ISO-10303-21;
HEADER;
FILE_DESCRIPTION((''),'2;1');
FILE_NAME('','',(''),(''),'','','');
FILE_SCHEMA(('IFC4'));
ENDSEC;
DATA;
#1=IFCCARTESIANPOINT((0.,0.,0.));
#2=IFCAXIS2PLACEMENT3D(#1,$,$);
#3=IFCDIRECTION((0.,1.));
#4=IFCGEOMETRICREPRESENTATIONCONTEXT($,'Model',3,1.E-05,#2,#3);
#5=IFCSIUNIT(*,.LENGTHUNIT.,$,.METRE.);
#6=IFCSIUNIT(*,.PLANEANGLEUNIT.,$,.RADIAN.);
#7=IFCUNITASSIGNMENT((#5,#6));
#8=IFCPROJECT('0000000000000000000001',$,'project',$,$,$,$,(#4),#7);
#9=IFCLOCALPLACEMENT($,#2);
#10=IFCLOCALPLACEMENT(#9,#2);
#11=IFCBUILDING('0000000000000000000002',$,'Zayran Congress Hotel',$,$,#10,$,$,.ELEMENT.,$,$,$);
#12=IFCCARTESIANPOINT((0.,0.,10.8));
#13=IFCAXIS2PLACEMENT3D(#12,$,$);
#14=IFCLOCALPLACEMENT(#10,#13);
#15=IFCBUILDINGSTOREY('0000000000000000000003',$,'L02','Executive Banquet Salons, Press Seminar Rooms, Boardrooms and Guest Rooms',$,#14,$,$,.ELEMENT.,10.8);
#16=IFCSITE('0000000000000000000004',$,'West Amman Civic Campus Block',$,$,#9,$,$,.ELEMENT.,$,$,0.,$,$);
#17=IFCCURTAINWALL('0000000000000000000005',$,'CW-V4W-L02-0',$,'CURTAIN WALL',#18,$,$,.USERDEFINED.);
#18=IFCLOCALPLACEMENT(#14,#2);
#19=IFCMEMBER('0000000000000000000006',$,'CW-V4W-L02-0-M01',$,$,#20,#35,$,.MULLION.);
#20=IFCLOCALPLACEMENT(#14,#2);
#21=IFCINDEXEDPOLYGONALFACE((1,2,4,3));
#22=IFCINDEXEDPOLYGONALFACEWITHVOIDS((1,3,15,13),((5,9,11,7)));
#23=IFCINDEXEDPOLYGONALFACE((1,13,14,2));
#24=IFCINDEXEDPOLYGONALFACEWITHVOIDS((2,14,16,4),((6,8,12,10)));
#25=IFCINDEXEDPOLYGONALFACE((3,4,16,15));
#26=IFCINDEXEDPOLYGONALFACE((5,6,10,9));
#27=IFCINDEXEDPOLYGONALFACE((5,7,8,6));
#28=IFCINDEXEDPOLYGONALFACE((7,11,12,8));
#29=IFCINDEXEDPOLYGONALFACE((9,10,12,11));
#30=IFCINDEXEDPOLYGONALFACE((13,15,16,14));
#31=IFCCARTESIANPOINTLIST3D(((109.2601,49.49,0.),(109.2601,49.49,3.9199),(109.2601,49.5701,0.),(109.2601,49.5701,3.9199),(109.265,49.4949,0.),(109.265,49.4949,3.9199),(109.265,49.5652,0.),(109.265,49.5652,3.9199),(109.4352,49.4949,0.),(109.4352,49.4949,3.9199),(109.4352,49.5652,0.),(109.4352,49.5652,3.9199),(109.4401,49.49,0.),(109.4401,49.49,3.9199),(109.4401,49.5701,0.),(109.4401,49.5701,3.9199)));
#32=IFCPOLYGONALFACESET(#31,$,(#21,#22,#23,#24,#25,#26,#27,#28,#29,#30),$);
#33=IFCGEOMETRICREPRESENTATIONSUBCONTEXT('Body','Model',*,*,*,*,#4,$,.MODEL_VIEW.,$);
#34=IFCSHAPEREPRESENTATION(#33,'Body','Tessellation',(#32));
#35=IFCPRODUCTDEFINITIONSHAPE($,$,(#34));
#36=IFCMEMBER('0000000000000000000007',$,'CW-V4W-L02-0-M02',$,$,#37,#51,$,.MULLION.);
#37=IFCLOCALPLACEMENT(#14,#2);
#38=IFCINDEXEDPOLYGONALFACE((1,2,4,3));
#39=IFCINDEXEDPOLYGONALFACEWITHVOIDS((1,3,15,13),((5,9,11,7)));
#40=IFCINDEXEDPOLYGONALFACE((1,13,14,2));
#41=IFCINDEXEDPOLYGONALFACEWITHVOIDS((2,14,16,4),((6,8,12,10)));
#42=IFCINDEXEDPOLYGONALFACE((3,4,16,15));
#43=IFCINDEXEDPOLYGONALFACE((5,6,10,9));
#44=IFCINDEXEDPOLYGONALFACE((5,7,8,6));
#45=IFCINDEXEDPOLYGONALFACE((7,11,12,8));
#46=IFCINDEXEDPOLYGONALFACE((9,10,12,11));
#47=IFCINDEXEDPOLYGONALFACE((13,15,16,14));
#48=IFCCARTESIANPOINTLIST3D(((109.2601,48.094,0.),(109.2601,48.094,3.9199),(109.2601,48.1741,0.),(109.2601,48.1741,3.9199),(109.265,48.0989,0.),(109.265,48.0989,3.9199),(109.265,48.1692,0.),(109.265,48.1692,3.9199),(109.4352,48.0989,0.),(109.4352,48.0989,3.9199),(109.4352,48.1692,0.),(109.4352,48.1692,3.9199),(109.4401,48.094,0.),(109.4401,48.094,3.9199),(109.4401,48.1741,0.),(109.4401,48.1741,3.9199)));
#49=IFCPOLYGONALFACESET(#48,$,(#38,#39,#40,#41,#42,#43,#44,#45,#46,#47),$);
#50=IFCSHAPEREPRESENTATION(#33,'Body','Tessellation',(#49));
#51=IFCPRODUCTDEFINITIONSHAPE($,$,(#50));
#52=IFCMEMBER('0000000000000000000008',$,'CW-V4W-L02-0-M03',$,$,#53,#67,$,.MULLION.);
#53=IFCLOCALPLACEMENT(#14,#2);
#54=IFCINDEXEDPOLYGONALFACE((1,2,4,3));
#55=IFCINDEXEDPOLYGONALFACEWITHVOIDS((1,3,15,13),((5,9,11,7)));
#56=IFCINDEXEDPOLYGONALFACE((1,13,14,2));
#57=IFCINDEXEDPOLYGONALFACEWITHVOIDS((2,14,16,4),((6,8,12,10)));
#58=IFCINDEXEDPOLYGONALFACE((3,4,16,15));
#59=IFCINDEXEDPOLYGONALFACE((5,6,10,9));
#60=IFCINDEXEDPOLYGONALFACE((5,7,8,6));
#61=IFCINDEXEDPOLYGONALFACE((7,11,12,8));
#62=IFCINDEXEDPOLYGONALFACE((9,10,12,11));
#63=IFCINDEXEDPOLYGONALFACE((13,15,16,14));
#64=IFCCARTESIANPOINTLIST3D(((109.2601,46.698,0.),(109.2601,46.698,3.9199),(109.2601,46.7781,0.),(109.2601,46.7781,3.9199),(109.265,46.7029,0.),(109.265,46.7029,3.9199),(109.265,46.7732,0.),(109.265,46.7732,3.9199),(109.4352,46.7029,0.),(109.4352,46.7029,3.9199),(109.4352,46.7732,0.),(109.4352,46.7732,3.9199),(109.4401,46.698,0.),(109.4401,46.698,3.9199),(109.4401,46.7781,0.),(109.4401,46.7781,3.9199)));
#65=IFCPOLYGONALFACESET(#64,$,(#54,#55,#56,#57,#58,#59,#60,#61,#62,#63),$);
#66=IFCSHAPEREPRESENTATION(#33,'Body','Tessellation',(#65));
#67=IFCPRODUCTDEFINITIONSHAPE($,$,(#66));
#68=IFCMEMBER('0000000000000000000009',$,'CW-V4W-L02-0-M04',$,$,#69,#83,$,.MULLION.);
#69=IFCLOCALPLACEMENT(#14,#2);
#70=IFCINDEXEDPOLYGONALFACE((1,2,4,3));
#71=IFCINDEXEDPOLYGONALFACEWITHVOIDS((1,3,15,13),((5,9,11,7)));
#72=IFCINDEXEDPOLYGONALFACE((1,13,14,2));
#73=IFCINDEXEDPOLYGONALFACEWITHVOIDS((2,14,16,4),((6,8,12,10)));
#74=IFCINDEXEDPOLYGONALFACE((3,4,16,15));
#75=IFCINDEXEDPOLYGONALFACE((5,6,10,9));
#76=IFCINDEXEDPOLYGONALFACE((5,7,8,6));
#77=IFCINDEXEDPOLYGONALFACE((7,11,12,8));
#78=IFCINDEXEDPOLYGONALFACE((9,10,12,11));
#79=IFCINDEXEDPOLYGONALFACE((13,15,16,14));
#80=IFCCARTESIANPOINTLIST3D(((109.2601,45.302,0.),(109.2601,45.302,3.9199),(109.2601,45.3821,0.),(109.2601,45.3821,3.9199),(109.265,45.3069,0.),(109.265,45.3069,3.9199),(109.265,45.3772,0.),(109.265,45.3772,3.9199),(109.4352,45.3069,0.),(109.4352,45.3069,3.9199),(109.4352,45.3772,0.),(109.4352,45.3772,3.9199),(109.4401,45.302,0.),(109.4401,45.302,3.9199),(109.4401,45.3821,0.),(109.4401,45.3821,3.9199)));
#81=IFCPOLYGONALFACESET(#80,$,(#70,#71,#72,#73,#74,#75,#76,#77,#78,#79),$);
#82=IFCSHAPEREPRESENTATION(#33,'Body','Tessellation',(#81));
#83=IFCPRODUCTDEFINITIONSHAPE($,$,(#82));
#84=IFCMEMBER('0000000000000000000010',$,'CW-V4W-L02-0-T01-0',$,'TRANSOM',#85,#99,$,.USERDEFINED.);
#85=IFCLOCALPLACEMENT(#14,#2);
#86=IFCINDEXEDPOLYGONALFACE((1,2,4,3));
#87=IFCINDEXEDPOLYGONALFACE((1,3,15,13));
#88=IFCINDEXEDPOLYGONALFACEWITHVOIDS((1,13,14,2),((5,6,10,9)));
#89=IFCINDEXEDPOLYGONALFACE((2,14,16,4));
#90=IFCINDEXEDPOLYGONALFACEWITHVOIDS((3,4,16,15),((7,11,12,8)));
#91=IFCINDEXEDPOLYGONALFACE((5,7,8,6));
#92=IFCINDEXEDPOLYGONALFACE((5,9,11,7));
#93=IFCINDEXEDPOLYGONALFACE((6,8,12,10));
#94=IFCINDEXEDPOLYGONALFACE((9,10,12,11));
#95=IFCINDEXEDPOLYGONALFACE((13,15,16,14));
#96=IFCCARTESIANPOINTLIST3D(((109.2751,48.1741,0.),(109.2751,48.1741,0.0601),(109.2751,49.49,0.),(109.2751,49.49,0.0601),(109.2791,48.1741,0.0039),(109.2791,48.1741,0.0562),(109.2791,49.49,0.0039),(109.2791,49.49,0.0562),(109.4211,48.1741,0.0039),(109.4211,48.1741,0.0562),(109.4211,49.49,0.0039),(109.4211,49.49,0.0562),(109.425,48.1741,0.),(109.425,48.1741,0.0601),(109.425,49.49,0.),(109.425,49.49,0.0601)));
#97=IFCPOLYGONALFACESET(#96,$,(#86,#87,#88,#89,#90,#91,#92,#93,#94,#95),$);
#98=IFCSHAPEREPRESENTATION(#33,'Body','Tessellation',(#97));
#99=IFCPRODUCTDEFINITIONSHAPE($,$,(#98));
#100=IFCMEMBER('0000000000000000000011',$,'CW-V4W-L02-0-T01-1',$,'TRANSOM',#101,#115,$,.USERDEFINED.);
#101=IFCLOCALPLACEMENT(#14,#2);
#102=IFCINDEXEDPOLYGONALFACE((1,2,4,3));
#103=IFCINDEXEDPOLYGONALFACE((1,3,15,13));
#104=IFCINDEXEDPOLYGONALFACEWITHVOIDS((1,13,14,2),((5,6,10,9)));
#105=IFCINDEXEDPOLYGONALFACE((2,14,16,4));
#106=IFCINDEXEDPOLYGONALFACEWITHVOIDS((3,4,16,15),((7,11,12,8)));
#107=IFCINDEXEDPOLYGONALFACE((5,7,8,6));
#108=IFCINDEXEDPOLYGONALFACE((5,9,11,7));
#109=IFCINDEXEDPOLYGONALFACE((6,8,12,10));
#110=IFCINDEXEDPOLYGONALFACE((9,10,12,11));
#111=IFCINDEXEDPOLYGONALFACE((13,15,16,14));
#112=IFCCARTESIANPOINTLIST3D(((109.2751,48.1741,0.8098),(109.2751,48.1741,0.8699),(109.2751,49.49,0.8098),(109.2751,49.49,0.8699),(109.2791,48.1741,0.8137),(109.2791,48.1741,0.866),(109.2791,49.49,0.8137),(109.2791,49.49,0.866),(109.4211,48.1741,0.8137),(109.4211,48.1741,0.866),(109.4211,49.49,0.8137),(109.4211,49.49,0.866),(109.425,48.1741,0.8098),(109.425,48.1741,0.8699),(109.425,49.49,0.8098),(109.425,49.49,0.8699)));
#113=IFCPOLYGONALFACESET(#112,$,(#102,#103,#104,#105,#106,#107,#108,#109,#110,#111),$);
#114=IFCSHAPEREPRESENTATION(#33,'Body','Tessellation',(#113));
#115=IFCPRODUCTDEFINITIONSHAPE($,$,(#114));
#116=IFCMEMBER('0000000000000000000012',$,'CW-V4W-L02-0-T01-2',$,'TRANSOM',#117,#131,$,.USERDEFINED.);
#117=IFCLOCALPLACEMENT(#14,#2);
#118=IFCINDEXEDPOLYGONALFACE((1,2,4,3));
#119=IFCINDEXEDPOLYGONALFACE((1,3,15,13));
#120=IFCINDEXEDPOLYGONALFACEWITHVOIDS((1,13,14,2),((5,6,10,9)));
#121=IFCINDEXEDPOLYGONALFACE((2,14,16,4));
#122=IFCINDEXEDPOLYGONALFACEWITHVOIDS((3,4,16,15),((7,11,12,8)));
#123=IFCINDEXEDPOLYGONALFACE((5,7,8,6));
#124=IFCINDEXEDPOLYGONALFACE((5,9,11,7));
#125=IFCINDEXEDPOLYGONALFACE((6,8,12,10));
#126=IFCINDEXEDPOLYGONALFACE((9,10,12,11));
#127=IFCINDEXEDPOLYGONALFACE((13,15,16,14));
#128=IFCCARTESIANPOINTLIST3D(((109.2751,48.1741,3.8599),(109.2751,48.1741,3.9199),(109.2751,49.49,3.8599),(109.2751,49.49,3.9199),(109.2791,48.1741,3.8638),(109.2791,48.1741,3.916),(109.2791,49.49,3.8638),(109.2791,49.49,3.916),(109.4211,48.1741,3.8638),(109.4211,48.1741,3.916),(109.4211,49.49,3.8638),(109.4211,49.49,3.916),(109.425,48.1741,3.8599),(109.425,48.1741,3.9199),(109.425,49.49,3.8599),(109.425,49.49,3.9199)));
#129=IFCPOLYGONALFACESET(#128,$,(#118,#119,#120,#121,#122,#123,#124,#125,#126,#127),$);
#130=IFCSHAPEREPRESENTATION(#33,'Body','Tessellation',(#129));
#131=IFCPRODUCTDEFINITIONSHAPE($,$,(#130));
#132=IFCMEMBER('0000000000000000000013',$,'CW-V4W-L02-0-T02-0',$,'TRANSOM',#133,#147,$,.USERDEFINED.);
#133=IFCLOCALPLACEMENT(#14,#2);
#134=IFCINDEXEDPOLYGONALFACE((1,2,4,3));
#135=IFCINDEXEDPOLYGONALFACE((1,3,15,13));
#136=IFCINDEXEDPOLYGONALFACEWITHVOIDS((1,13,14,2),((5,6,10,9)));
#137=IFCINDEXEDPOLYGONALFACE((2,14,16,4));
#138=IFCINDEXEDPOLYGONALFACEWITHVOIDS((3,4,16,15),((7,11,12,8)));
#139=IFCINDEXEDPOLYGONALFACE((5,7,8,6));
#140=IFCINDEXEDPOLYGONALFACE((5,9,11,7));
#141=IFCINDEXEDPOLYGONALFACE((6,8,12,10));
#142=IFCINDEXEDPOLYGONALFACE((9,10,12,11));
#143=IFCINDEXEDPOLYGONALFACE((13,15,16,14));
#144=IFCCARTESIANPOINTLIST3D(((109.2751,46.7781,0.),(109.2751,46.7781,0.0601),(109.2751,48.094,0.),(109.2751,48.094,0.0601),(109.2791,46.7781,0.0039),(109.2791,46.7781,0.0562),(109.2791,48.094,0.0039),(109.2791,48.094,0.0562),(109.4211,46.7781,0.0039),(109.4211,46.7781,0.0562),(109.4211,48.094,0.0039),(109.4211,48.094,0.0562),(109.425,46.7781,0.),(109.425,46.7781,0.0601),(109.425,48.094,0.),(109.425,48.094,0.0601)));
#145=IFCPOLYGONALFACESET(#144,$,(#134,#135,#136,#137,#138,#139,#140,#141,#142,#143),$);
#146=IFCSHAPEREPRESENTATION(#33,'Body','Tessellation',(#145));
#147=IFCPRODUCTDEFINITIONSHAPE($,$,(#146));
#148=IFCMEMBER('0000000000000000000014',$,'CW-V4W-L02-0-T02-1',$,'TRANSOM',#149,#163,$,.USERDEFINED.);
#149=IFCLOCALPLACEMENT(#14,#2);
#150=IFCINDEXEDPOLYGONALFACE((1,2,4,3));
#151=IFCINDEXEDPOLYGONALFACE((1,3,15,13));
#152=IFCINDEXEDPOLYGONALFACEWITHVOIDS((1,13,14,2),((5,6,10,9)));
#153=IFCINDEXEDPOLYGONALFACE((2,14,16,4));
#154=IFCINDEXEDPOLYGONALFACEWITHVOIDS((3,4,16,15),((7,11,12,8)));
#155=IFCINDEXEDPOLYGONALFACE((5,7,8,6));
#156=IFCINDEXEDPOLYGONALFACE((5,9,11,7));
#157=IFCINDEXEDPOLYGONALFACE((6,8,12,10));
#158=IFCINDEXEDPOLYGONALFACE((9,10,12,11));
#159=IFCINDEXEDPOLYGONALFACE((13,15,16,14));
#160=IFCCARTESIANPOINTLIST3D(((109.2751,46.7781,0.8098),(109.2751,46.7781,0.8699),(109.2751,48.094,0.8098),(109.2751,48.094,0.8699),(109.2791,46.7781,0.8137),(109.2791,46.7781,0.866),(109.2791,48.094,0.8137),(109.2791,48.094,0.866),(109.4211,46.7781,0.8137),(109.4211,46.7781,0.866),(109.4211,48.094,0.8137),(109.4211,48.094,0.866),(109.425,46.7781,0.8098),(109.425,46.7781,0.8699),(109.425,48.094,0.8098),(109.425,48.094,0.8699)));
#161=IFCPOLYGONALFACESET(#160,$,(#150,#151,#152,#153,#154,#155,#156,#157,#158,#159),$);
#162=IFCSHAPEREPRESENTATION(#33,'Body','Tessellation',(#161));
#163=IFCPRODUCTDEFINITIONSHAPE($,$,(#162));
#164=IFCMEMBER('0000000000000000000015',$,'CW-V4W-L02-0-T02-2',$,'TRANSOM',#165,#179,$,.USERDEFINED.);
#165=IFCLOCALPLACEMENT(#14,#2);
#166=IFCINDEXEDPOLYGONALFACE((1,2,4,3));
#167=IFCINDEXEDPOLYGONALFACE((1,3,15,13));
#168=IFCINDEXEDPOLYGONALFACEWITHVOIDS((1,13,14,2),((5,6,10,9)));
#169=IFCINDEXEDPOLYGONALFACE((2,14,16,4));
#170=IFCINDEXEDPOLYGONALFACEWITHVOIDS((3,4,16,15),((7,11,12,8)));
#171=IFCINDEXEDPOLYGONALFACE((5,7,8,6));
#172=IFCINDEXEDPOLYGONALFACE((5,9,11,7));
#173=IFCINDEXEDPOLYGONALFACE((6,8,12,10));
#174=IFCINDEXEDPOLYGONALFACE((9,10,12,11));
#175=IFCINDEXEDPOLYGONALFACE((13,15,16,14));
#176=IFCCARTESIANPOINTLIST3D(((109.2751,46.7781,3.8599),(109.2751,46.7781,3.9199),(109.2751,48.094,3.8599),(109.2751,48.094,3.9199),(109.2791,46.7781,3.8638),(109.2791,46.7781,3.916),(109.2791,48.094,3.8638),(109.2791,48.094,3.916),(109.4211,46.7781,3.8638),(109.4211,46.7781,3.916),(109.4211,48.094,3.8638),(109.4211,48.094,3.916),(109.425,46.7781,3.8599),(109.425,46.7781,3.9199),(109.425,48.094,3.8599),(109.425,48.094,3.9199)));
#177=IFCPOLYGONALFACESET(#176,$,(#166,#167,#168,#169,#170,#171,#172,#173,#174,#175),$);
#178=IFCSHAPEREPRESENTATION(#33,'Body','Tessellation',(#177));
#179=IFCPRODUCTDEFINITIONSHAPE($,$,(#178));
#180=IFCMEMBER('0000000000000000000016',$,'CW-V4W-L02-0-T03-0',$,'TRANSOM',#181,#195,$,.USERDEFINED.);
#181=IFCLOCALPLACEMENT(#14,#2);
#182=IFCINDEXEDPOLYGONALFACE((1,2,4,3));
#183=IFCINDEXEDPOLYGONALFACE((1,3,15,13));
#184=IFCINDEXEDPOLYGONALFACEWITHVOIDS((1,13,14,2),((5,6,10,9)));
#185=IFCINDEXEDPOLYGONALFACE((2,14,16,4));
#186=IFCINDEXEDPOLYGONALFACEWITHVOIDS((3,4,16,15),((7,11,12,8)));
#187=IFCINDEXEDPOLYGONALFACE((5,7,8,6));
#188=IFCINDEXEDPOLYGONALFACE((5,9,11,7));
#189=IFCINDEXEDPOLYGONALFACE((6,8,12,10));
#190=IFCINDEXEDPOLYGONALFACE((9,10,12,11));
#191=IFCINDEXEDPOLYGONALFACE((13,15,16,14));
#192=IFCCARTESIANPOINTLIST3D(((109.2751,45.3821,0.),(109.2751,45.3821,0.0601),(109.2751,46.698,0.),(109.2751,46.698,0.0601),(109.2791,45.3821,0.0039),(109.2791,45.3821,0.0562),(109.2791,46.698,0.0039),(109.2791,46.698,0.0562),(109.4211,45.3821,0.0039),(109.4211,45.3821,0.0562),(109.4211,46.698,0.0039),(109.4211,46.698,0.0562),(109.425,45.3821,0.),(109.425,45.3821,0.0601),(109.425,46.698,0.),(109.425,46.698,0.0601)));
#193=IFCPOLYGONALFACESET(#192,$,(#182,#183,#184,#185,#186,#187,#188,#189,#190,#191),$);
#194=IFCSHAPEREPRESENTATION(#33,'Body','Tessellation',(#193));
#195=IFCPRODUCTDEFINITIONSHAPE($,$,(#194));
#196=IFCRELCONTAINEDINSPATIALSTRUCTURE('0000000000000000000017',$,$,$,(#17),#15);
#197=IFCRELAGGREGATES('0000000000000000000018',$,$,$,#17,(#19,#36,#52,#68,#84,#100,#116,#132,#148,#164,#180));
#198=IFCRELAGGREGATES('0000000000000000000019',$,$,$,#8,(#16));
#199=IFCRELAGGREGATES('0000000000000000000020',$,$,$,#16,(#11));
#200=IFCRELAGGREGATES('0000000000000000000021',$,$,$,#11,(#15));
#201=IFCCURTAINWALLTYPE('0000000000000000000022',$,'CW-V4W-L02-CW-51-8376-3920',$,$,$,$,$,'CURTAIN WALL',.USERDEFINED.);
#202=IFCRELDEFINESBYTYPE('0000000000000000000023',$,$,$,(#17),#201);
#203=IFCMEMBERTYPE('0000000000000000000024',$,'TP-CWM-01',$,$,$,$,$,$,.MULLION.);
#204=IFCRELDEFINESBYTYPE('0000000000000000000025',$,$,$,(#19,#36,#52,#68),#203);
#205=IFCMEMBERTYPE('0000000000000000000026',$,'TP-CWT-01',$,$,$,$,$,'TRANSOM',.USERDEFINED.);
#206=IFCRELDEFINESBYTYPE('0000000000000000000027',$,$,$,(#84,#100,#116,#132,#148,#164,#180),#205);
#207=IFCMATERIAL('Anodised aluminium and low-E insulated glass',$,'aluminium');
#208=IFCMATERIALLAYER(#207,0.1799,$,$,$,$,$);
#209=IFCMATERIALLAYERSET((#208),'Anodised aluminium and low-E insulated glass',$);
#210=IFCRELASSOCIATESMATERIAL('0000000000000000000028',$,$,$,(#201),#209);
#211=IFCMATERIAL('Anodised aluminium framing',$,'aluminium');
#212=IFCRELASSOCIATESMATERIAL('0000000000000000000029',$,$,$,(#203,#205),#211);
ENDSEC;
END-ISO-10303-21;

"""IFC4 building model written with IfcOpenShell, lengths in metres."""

from ifc_helpers import new_model, si_unit, direction, frame, origin, origin_2d, place, context, subcontext, project, spatial, hollow_rectangle, extrude, material, layer, layer_set, material_profile, profile_set, type_object, element, aggregate, save


model = new_model("IFC4")

# Units and contexts
model_context = context("Model", 3, precision=1e-05, world=origin(), true_north=direction((0.0, 1.0)))
body_context = subcontext(model_context, "Body", "Model", "MODEL_VIEW")
ifc_project = project(units=[si_unit("LENGTHUNIT", "METRE"), si_unit("PLANEANGLEUNIT", "RADIAN")], contexts=[model_context])

# Site, building, storey
site_placement = place(None, origin())
site = spatial("IfcSite", under=ifc_project, at=site_placement, Name="West Amman Civic Campus Block", CompositionType="ELEMENT", RefElevation=0.0)
building_placement = place(site_placement, origin())
building = spatial("IfcBuilding", under=site, at=building_placement, Name="Zayran Congress Hotel", CompositionType="ELEMENT")
storey_placement = place(building_placement, frame((0.0, 0.0, 10.8)))
storey = spatial("IfcBuildingStorey", under=building, at=storey_placement, Name="L02", Description="Executive Banquet Salons, Press Seminar Rooms, Boardrooms and Guest Rooms", CompositionType="ELEMENT", Elevation=10.8)

# Curtain wall, members
ifc_material_1 = material(Name="Anodised aluminium and low-E insulated glass", Category="aluminium")
ifc_layer_1 = layer(ifc_material_1, 0.1799)
ifc_layer_set_1 = layer_set([ifc_layer_1], Name="Anodised aluminium and low-E insulated glass")
curtain_wall_type = type_object("IfcCurtainWallType", Name="CW-V4W-L02-CW-51-8376-3920", ElementType="CURTAIN WALL", PredefinedType="USERDEFINED", material=ifc_layer_set_1)
curtain_wall_placement = place(storey_placement, origin())
curtain_wall = element("IfcCurtainWall", 1, at=curtain_wall_placement, inside=storey, type_object=curtain_wall_type, Name="CW-V4W-L02-0", ObjectType="CURTAIN WALL", PredefinedType="USERDEFINED")
ifc_material_2 = material(Name="Anodised aluminium framing", Category="aluminium")
ifc_material_profile_1 = material_profile(ifc_material_2, hollow_rectangle(XDim=0.0801, YDim=0.1799, WallThickness=0.0049, at=origin_2d()), Name="RHS 180x80x5")
ifc_profile_set_1 = profile_set([ifc_material_profile_1], Name="Anodised aluminium framing")
member_type_1 = type_object("IfcMemberType", Name="TP-CWM-01", PredefinedType="MULLION", material=ifc_profile_set_1)
member_1_placement = place(storey_placement, frame((109.3501, 49.53, 0.0), z_axis=(0.0, 0.0, 1.0), x_axis=(0.0, 1.0, 0.0)))
member_1 = element("IfcMember", 2, at=member_1_placement, type_object=member_type_1, Name="CW-V4W-L02-0-M01", PredefinedType="MULLION", context=body_context, shape_type="SweptSolid", body=[
    extrude(hollow_rectangle(XDim=0.0801, YDim=0.1799, WallThickness=0.0049, at=origin_2d()), origin(), (0.0, 0.0, 1.0), 3.9199),
])
member_2_placement = place(storey_placement, frame((109.3501, 48.134, 0.0), z_axis=(0.0, 0.0, 1.0), x_axis=(0.0, 1.0, 0.0)))
member_2 = element("IfcMember", 3, at=member_2_placement, type_object=member_type_1, Name="CW-V4W-L02-0-M02", PredefinedType="MULLION", context=body_context, shape_type="SweptSolid", body=[
    extrude(hollow_rectangle(XDim=0.0801, YDim=0.1799, WallThickness=0.0049, at=origin_2d()), origin(), (0.0, 0.0, 1.0), 3.9199),
])
member_3_placement = place(storey_placement, frame((109.3501, 46.738, 0.0), z_axis=(0.0, 0.0, 1.0), x_axis=(0.0, 1.0, 0.0)))
member_3 = element("IfcMember", 4, at=member_3_placement, type_object=member_type_1, Name="CW-V4W-L02-0-M03", PredefinedType="MULLION", context=body_context, shape_type="SweptSolid", body=[
    extrude(hollow_rectangle(XDim=0.0801, YDim=0.1799, WallThickness=0.0049, at=origin_2d()), origin(), (0.0, 0.0, 1.0), 3.9199),
])
member_4_placement = place(storey_placement, frame((109.3501, 45.342, 0.0), z_axis=(0.0, 0.0, 1.0), x_axis=(0.0, 1.0, 0.0)))
member_4 = element("IfcMember", 5, at=member_4_placement, type_object=member_type_1, Name="CW-V4W-L02-0-M04", PredefinedType="MULLION", context=body_context, shape_type="SweptSolid", body=[
    extrude(hollow_rectangle(XDim=0.0801, YDim=0.1799, WallThickness=0.0049, at=origin_2d()), origin(), (0.0, 0.0, 1.0), 3.9199),
])
ifc_material_profile_2 = material_profile(ifc_material_2, hollow_rectangle(XDim=0.0601, YDim=0.1499, WallThickness=0.0039, at=origin_2d()), Name="RHS 150x60x4")
ifc_profile_set_2 = profile_set([ifc_material_profile_2], Name="Anodised aluminium framing")
member_type_2 = type_object("IfcMemberType", Name="TP-CWT-01", ElementType="TRANSOM", PredefinedType="USERDEFINED", material=ifc_profile_set_2)
member_5_placement = place(storey_placement, frame((109.3501, 49.49, 0.03), z_axis=(0.0, -1.0, 0.0), x_axis=(0.0, 0.0, 1.0)))
member_5 = element("IfcMember", 6, at=member_5_placement, type_object=member_type_2, Name="CW-V4W-L02-0-T01-0", ObjectType="TRANSOM", PredefinedType="USERDEFINED", context=body_context, shape_type="SweptSolid", body=[
    extrude(hollow_rectangle(XDim=0.0601, YDim=0.1499, WallThickness=0.0039, at=origin_2d()), origin(), (0.0, 0.0, 1.0), 1.3159),
])
member_6_placement = place(storey_placement, frame((109.3501, 49.49, 0.8398), z_axis=(0.0, -1.0, 0.0), x_axis=(0.0, 0.0, 1.0)))
member_6 = element("IfcMember", 7, at=member_6_placement, type_object=member_type_2, Name="CW-V4W-L02-0-T01-1", ObjectType="TRANSOM", PredefinedType="USERDEFINED", context=body_context, shape_type="SweptSolid", body=[
    extrude(hollow_rectangle(XDim=0.0601, YDim=0.1499, WallThickness=0.0039, at=origin_2d()), origin(), (0.0, 0.0, 1.0), 1.3159),
])
member_7_placement = place(storey_placement, frame((109.3501, 49.49, 3.8899), z_axis=(0.0, -1.0, 0.0), x_axis=(0.0, 0.0, 1.0)))
member_7 = element("IfcMember", 8, at=member_7_placement, type_object=member_type_2, Name="CW-V4W-L02-0-T01-2", ObjectType="TRANSOM", PredefinedType="USERDEFINED", context=body_context, shape_type="SweptSolid", body=[
    extrude(hollow_rectangle(XDim=0.0601, YDim=0.1499, WallThickness=0.0039, at=origin_2d()), origin(), (0.0, 0.0, 1.0), 1.3159),
])
member_8_placement = place(storey_placement, frame((109.3501, 48.094, 0.03), z_axis=(0.0, -1.0, 0.0), x_axis=(0.0, 0.0, 1.0)))
member_8 = element("IfcMember", 9, at=member_8_placement, type_object=member_type_2, Name="CW-V4W-L02-0-T02-0", ObjectType="TRANSOM", PredefinedType="USERDEFINED", context=body_context, shape_type="SweptSolid", body=[
    extrude(hollow_rectangle(XDim=0.0601, YDim=0.1499, WallThickness=0.0039, at=origin_2d()), origin(), (0.0, 0.0, 1.0), 1.3159),
])
member_9_placement = place(storey_placement, frame((109.3501, 48.094, 0.8398), z_axis=(0.0, -1.0, 0.0), x_axis=(0.0, 0.0, 1.0)))
member_9 = element("IfcMember", 10, at=member_9_placement, type_object=member_type_2, Name="CW-V4W-L02-0-T02-1", ObjectType="TRANSOM", PredefinedType="USERDEFINED", context=body_context, shape_type="SweptSolid", body=[
    extrude(hollow_rectangle(XDim=0.0601, YDim=0.1499, WallThickness=0.0039, at=origin_2d()), origin(), (0.0, 0.0, 1.0), 1.3159),
])
member_10_placement = place(storey_placement, frame((109.3501, 48.094, 3.8899), z_axis=(0.0, -1.0, 0.0), x_axis=(0.0, 0.0, 1.0)))
member_10 = element("IfcMember", 11, at=member_10_placement, type_object=member_type_2, Name="CW-V4W-L02-0-T02-2", ObjectType="TRANSOM", PredefinedType="USERDEFINED", context=body_context, shape_type="SweptSolid", body=[
    extrude(hollow_rectangle(XDim=0.0601, YDim=0.1499, WallThickness=0.0039, at=origin_2d()), origin(), (0.0, 0.0, 1.0), 1.3159),
])
member_11_placement = place(storey_placement, frame((109.3501, 46.698, 0.03), z_axis=(0.0, -1.0, 0.0), x_axis=(0.0, 0.0, 1.0)))
member_11 = element("IfcMember", 12, at=member_11_placement, type_object=member_type_2, Name="CW-V4W-L02-0-T03-0", ObjectType="TRANSOM", PredefinedType="USERDEFINED", context=body_context, shape_type="SweptSolid", body=[
    extrude(hollow_rectangle(XDim=0.0601, YDim=0.1499, WallThickness=0.0039, at=origin_2d()), origin(), (0.0, 0.0, 1.0), 1.3159),
])
aggregate(curtain_wall, [member_1, member_2, member_3, member_4, member_5, member_6, member_7, member_8, member_9, member_10, member_11])

save(model, "model.ifc")
